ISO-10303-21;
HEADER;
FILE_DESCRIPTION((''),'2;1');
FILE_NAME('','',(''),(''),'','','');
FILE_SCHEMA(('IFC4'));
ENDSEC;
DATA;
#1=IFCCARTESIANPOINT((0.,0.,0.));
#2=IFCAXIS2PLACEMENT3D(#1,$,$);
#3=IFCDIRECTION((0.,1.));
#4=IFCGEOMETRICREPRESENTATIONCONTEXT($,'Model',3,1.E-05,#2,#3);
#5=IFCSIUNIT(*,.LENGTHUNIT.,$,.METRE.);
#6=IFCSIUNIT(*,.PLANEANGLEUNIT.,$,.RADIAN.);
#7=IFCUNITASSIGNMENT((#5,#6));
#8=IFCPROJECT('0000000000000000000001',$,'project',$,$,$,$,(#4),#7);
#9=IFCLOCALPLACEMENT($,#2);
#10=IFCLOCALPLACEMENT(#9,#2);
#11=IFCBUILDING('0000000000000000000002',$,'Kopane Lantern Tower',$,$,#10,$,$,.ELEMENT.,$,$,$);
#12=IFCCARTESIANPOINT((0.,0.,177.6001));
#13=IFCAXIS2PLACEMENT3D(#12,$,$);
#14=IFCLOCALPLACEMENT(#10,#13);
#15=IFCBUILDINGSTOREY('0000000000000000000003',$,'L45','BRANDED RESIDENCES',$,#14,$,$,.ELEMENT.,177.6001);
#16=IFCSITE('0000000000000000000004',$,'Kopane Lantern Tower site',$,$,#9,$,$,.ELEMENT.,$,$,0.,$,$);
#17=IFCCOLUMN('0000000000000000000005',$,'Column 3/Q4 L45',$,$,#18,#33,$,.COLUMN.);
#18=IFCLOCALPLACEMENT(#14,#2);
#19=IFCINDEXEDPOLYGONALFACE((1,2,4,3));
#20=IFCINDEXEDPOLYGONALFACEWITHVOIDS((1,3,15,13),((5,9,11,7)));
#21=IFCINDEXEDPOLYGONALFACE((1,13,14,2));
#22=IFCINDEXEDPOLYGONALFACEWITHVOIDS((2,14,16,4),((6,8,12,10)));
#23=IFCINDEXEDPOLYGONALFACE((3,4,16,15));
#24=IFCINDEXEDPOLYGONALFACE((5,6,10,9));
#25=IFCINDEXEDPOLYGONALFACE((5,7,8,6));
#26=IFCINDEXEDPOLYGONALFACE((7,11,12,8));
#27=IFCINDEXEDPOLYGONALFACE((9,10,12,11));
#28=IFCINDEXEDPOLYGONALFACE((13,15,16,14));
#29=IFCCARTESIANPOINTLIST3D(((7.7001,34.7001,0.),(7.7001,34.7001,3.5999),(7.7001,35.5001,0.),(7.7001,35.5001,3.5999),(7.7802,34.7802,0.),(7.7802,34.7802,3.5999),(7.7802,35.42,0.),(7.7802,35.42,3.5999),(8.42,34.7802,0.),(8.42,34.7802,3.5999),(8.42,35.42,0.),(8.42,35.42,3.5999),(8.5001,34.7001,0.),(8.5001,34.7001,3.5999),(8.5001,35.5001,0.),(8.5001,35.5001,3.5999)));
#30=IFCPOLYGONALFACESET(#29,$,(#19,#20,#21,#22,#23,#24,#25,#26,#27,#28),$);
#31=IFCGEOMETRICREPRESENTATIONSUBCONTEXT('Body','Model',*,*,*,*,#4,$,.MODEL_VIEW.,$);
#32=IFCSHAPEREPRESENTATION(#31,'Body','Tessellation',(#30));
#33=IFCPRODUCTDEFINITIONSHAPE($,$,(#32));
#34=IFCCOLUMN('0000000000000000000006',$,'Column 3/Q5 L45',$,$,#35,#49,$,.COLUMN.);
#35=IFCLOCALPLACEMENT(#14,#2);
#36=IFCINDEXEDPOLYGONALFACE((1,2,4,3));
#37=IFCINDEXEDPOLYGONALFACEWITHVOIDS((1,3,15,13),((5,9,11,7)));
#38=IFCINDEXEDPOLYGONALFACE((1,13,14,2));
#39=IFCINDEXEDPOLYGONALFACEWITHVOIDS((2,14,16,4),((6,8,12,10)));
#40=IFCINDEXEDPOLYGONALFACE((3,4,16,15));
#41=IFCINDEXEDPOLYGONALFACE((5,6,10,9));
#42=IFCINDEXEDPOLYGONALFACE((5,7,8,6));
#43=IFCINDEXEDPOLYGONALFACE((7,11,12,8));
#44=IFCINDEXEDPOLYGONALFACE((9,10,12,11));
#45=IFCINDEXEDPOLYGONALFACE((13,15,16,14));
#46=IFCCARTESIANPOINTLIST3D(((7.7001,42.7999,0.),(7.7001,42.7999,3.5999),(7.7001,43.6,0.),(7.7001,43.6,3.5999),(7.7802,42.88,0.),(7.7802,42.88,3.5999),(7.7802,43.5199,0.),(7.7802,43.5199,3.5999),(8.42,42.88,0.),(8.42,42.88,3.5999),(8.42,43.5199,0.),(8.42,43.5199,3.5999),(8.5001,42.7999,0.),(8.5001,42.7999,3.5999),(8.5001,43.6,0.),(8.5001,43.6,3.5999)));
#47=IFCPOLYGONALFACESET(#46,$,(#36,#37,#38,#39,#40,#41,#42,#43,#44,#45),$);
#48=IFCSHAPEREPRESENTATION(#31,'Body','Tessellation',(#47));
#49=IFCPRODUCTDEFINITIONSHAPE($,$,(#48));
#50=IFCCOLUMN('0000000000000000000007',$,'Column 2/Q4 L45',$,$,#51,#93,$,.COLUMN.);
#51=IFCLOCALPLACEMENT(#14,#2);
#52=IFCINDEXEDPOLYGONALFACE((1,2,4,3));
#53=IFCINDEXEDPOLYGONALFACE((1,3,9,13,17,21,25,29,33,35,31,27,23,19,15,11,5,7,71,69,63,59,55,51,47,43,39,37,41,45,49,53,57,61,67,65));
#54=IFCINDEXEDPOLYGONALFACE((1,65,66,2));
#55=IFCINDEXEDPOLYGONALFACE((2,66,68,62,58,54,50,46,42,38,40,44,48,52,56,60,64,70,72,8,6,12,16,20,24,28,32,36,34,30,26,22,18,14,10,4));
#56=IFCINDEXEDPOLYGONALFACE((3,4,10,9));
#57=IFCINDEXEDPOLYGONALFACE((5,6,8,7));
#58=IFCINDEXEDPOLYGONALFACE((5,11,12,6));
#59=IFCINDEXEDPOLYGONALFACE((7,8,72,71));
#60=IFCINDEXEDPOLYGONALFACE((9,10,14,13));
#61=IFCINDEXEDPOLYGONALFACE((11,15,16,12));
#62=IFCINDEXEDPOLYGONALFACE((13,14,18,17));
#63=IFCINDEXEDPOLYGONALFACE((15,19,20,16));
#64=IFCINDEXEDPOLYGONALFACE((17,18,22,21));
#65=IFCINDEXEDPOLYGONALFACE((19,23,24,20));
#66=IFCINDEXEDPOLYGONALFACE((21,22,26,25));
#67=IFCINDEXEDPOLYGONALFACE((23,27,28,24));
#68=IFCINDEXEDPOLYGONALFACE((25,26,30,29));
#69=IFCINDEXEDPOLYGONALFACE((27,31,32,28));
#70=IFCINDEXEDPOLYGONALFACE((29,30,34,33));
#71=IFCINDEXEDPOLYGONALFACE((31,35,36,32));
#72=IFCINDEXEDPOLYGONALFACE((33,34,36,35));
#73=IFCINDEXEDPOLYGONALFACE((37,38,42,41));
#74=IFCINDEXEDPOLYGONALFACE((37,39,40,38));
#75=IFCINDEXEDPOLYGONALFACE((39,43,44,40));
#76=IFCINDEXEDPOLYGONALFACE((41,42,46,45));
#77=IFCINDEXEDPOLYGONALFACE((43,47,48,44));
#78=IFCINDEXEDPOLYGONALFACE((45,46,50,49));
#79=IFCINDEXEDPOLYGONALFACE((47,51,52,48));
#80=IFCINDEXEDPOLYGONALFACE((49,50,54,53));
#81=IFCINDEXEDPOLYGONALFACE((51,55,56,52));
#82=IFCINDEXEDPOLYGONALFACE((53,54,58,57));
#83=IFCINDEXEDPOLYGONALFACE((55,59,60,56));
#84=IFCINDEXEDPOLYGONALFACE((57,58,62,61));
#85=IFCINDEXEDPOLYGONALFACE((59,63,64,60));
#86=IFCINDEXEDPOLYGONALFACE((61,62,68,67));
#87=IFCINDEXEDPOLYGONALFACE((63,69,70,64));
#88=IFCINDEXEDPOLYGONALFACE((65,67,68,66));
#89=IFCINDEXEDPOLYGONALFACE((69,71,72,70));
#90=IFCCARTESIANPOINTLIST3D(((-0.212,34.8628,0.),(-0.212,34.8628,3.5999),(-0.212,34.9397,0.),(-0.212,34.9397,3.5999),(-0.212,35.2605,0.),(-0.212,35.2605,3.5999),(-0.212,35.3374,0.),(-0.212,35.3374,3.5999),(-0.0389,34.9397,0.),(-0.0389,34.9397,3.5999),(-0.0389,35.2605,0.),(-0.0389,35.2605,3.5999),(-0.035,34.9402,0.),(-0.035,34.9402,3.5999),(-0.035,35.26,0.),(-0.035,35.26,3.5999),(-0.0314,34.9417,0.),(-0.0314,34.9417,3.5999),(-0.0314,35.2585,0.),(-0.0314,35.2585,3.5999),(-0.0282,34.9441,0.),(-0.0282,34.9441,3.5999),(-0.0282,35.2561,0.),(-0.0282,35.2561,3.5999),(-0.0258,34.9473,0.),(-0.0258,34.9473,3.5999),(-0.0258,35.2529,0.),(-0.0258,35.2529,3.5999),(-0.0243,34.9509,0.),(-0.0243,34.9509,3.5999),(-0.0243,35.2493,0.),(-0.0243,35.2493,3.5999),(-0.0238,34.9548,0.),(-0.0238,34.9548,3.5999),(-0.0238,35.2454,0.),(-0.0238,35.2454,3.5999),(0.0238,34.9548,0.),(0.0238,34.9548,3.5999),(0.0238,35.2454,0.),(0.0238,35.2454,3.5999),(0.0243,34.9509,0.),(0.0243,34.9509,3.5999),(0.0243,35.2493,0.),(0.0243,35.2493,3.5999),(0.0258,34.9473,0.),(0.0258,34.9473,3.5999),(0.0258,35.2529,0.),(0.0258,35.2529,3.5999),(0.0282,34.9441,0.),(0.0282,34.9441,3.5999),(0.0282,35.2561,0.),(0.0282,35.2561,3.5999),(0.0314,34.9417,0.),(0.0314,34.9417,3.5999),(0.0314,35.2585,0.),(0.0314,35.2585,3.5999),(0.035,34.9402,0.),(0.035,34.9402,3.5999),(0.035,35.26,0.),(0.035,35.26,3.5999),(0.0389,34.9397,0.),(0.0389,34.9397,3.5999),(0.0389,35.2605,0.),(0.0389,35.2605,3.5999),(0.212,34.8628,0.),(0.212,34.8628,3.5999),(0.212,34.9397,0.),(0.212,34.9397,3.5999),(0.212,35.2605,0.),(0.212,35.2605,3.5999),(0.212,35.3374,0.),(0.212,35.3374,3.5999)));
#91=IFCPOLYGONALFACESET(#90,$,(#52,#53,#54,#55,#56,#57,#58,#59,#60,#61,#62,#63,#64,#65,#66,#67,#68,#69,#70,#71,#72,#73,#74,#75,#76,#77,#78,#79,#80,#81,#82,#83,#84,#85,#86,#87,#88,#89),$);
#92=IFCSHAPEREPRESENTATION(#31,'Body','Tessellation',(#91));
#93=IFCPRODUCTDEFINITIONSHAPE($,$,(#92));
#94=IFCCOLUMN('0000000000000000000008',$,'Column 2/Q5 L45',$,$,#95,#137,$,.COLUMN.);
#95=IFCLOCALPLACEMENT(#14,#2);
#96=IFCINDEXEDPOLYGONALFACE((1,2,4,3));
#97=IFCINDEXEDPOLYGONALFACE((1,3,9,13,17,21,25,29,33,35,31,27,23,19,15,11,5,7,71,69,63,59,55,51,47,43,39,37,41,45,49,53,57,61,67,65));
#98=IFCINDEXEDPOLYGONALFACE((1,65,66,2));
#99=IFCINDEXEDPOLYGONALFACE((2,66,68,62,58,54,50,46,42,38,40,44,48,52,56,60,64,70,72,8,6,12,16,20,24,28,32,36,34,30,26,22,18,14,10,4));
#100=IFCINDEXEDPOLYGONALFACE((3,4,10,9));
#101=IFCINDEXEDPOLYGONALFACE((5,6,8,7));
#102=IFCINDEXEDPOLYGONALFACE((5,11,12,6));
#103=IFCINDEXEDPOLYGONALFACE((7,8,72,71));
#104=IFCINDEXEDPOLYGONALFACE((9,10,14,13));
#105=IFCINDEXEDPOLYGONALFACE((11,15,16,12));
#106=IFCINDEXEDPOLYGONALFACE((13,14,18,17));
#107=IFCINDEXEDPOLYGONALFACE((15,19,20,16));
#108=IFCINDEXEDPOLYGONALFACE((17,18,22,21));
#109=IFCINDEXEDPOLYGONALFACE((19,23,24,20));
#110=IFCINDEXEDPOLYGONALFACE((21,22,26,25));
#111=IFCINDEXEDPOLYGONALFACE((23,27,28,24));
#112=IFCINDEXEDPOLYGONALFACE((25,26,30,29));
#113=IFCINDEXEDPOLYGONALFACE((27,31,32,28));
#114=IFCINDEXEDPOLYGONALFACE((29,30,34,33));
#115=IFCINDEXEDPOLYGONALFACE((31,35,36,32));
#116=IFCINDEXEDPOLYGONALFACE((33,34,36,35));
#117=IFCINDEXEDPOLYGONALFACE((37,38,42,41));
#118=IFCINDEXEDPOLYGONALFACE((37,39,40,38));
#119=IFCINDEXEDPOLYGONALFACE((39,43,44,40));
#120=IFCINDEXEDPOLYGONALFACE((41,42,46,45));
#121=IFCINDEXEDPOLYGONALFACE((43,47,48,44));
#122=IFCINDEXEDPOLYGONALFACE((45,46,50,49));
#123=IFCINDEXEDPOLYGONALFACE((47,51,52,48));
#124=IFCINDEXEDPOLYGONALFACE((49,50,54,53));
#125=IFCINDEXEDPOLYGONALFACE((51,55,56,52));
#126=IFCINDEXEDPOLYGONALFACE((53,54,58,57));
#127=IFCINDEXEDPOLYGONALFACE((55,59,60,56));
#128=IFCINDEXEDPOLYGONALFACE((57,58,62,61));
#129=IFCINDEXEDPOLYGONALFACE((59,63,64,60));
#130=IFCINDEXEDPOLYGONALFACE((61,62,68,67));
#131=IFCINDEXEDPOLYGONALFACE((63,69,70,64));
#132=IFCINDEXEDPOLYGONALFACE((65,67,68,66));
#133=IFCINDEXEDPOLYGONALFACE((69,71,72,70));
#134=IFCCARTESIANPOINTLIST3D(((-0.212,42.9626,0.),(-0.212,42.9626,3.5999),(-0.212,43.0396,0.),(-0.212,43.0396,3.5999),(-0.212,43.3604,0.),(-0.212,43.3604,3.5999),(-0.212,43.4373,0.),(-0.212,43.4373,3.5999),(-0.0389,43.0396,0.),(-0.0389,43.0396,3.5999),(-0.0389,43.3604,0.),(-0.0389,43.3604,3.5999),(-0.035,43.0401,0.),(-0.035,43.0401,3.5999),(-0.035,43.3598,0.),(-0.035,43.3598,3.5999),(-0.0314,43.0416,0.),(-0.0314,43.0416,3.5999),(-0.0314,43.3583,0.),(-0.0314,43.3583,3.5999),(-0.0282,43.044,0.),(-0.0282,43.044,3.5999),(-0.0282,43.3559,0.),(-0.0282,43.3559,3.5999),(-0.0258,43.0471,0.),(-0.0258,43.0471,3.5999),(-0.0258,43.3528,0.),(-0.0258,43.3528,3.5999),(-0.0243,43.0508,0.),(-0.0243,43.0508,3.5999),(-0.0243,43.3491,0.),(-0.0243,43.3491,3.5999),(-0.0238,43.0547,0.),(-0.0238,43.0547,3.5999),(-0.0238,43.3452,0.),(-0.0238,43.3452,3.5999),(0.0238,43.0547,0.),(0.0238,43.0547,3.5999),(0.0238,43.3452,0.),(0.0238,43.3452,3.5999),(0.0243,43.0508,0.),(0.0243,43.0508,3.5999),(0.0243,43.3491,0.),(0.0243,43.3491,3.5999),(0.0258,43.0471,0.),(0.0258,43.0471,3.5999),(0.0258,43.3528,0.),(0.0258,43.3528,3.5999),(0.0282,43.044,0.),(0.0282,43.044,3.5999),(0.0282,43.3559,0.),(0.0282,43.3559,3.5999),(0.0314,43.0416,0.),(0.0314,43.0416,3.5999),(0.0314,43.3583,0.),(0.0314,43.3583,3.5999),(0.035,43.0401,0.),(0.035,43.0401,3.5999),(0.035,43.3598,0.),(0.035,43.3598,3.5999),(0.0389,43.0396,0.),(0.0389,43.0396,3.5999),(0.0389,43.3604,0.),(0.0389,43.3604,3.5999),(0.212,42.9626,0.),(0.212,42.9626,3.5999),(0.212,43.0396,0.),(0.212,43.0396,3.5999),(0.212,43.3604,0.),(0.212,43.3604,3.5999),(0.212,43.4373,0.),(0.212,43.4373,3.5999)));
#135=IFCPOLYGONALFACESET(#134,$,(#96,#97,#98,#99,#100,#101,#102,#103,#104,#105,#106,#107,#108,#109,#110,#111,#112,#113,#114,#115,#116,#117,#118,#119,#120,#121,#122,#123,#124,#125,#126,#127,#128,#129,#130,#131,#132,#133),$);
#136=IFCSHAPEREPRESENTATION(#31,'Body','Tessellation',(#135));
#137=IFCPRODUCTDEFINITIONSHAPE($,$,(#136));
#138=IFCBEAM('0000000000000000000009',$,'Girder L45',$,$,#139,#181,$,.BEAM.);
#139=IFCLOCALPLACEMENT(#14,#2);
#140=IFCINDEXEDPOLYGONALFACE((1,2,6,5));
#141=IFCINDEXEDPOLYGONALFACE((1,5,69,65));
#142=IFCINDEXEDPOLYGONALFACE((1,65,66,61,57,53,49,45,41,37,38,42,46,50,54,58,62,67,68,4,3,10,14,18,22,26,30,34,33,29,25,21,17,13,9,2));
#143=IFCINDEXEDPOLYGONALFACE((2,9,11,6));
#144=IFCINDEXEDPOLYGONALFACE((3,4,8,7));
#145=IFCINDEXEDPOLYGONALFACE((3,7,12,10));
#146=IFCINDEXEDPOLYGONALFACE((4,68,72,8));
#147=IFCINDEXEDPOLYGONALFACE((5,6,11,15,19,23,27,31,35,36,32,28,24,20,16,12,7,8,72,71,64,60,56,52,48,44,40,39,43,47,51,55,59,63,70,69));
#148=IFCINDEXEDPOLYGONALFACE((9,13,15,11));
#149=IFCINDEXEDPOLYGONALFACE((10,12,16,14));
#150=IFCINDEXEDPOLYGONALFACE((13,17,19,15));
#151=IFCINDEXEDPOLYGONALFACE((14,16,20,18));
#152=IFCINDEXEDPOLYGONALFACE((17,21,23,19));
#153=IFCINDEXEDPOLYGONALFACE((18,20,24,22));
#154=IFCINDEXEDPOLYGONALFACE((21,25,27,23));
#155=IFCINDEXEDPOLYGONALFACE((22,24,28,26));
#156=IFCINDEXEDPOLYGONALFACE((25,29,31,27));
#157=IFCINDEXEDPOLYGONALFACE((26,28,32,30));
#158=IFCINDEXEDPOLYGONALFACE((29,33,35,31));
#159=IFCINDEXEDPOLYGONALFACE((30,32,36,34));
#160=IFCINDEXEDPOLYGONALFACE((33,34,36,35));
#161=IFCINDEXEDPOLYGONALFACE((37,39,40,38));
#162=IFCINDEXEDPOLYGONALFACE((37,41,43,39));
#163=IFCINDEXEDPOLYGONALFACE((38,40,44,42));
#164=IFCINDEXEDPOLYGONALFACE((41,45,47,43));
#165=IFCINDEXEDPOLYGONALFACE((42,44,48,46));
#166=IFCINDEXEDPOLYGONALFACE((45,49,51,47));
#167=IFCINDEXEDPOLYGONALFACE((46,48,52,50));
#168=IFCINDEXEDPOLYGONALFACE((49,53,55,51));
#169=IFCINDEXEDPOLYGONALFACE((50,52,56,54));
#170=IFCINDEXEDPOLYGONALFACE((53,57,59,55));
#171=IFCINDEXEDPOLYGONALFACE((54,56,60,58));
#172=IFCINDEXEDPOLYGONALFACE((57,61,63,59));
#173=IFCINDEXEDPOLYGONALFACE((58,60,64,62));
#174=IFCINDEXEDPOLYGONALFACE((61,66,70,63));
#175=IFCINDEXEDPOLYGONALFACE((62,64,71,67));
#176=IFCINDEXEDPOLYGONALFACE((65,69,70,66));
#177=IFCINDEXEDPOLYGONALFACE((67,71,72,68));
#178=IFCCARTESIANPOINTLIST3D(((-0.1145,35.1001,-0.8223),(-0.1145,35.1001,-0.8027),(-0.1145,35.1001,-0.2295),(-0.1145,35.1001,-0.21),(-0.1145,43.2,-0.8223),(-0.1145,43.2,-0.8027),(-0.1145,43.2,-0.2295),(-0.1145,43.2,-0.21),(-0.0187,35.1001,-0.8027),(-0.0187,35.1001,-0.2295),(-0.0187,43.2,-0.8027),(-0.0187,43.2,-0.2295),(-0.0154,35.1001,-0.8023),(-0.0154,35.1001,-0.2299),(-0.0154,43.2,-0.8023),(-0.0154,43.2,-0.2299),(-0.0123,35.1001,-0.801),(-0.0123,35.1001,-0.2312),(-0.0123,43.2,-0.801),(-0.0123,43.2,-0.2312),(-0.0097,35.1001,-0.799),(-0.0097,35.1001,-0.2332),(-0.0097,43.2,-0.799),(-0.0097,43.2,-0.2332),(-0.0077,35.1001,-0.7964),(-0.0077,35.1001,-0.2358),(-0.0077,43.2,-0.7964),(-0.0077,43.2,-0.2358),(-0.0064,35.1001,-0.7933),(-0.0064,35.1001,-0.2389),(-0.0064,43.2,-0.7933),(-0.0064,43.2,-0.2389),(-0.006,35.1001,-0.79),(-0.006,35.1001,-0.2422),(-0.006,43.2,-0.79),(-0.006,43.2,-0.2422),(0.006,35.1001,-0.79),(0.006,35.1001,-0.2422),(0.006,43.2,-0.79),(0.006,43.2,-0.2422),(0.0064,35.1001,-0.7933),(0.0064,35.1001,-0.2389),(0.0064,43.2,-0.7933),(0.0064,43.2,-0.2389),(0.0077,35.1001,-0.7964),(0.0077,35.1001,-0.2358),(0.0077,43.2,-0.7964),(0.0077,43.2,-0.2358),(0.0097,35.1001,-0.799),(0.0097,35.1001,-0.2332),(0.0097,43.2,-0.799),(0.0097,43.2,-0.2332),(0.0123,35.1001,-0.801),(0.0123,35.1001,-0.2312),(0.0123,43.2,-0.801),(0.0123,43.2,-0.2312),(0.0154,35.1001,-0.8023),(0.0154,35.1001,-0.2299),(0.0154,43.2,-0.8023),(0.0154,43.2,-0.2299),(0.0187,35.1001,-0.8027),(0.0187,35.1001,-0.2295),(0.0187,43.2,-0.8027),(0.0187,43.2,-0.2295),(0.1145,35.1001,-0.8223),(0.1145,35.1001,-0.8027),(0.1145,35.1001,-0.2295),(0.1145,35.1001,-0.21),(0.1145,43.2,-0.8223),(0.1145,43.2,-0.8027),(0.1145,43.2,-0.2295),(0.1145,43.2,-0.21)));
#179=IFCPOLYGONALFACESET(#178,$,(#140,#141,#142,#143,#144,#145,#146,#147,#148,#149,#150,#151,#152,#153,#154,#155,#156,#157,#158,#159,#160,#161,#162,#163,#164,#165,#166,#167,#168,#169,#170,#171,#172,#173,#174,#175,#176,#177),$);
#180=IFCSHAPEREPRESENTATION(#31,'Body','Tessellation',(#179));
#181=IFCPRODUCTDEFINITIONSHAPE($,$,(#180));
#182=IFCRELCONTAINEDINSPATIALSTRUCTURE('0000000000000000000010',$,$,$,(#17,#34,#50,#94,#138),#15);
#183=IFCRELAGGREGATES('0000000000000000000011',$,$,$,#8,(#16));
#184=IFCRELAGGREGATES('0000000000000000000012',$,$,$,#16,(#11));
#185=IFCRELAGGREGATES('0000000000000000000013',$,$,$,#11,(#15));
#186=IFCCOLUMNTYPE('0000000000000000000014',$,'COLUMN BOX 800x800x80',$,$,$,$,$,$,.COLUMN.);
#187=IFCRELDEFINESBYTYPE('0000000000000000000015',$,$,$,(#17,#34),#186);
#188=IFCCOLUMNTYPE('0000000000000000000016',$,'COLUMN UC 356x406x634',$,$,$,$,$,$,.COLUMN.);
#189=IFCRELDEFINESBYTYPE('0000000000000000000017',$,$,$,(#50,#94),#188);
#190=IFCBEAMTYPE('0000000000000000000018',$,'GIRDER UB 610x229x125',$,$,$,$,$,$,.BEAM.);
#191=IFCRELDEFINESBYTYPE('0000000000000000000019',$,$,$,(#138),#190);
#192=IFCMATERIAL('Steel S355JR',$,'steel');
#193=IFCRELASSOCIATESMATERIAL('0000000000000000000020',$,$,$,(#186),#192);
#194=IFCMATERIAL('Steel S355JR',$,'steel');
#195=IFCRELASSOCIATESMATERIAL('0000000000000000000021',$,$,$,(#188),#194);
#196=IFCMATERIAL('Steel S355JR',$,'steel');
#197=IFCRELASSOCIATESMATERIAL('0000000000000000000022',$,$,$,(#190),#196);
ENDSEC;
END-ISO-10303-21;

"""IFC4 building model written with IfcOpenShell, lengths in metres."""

from ifc_helpers import new_model, si_unit, direction, frame, origin, origin_2d, place, context, subcontext, project, spatial, hollow_rectangle, i_section, extrude, material, material_profile, profile_set, type_object, element, save


model = new_model("IFC4")

# Units and contexts
model_context = context("Model", 3, precision=1e-05, world=origin(), true_north=direction((0.0, 1.0)))
body_context = subcontext(model_context, "Body", "Model", "MODEL_VIEW")
ifc_project = project(units=[si_unit("LENGTHUNIT", "METRE"), si_unit("PLANEANGLEUNIT", "RADIAN")], contexts=[model_context])

# Site, building, storey
site_placement = place(None, origin())
site = spatial("IfcSite", under=ifc_project, at=site_placement, Name="Kopane Lantern Tower site", CompositionType="ELEMENT", RefElevation=0.0)
building_placement = place(site_placement, origin())
building = spatial("IfcBuilding", under=site, at=building_placement, Name="Kopane Lantern Tower", CompositionType="ELEMENT")
storey_placement = place(building_placement, frame((0.0, 0.0, 177.6001)))
storey = spatial("IfcBuildingStorey", under=building, at=storey_placement, Name="L45", Description="BRANDED RESIDENCES", CompositionType="ELEMENT", Elevation=177.6001)

# Columns
ifc_material_1 = material(Name="Steel S355JR", Category="steel")
ifc_material_profile_1 = material_profile(ifc_material_1, hollow_rectangle(XDim=0.8, YDim=0.8, WallThickness=0.0801, at=origin_2d()), Name="BOX 800x800x80")
ifc_profile_set_1 = profile_set([ifc_material_profile_1], Name="Steel S355JR")
column_type_1 = type_object("IfcColumnType", Name="COLUMN BOX 800x800x80", PredefinedType="COLUMN", material=ifc_profile_set_1)
for number, where, z_axis, x_axis, name in (
    (1, (8.1001, 35.1001, 0.0), (0.0, 0.0, 1.0), (1.0, 0.0, 0.0), "Column 3/Q4 L45"),
    (2, (8.1001, 43.2, 0.0), (0.0, 0.0, 1.0), (1.0, 0.0, 0.0), "Column 3/Q5 L45"),
):
    element("IfcColumn", number, at=place(storey_placement, frame(where, z_axis=z_axis, x_axis=x_axis)), inside=storey, type_object=column_type_1, Name=name, PredefinedType="COLUMN", context=body_context, shape_type="SweptSolid", body=[
        extrude(hollow_rectangle(XDim=0.8, YDim=0.8, WallThickness=0.0801, at=origin_2d()), origin(), (0.0, 0.0, 1.0), 3.5999),
    ])
ifc_material_2 = material(Name="Steel S355JR", Category="steel")
ifc_material_profile_2 = material_profile(ifc_material_2, i_section(OverallWidth=0.4241, OverallDepth=0.4746, WebThickness=0.0476, FlangeThickness=0.0769, FilletRadius=0.0151, at=origin_2d()), Name="UC 356x406x634")
ifc_profile_set_2 = profile_set([ifc_material_profile_2], Name="Steel S355JR")
column_type_2 = type_object("IfcColumnType", Name="COLUMN UC 356x406x634", PredefinedType="COLUMN", material=ifc_profile_set_2)
for number, where, z_axis, x_axis, name in (
    (3, (0.0, 35.1001, 0.0), (0.0, 0.0, 1.0), (1.0, 0.0, 0.0), "Column 2/Q4 L45"),
    (4, (0.0, 43.2, 0.0), (0.0, 0.0, 1.0), (1.0, 0.0, 0.0), "Column 2/Q5 L45"),
):
    element("IfcColumn", number, at=place(storey_placement, frame(where, z_axis=z_axis, x_axis=x_axis)), inside=storey, type_object=column_type_2, Name=name, PredefinedType="COLUMN", context=body_context, shape_type="SweptSolid", body=[
        extrude(i_section(OverallWidth=0.4241, OverallDepth=0.4746, WebThickness=0.0476, FlangeThickness=0.0769, FilletRadius=0.0151, at=origin_2d()), origin(), (0.0, 0.0, 1.0), 3.5999),
    ])

# Beam
ifc_material_3 = material(Name="Steel S355JR", Category="steel")
ifc_material_profile_3 = material_profile(ifc_material_3, i_section(OverallWidth=0.229, OverallDepth=0.6123, WebThickness=0.012, FlangeThickness=0.0195, FilletRadius=0.0127, at=origin_2d()), Name="UB 610x229x125")
ifc_profile_set_3 = profile_set([ifc_material_profile_3], Name="Steel S355JR")
beam_type = type_object("IfcBeamType", Name="GIRDER UB 610x229x125", PredefinedType="BEAM", material=ifc_profile_set_3)
beam_1_placement = place(storey_placement, frame((0.0, 35.1001, -0.5161), z_axis=(0.0, 1.0, 0.0), x_axis=(-1.0, 0.0, 0.0)))
element("IfcBeam", 5, at=beam_1_placement, inside=storey, type_object=beam_type, Name="Girder L45", PredefinedType="BEAM", context=body_context, shape_type="SweptSolid", body=[
    extrude(i_section(OverallWidth=0.229, OverallDepth=0.6123, WebThickness=0.012, FlangeThickness=0.0195, FilletRadius=0.0127, at=origin_2d()), origin(), (0.0, 0.0, 1.0), 8.0999),
])

save(model, "model.ifc")
